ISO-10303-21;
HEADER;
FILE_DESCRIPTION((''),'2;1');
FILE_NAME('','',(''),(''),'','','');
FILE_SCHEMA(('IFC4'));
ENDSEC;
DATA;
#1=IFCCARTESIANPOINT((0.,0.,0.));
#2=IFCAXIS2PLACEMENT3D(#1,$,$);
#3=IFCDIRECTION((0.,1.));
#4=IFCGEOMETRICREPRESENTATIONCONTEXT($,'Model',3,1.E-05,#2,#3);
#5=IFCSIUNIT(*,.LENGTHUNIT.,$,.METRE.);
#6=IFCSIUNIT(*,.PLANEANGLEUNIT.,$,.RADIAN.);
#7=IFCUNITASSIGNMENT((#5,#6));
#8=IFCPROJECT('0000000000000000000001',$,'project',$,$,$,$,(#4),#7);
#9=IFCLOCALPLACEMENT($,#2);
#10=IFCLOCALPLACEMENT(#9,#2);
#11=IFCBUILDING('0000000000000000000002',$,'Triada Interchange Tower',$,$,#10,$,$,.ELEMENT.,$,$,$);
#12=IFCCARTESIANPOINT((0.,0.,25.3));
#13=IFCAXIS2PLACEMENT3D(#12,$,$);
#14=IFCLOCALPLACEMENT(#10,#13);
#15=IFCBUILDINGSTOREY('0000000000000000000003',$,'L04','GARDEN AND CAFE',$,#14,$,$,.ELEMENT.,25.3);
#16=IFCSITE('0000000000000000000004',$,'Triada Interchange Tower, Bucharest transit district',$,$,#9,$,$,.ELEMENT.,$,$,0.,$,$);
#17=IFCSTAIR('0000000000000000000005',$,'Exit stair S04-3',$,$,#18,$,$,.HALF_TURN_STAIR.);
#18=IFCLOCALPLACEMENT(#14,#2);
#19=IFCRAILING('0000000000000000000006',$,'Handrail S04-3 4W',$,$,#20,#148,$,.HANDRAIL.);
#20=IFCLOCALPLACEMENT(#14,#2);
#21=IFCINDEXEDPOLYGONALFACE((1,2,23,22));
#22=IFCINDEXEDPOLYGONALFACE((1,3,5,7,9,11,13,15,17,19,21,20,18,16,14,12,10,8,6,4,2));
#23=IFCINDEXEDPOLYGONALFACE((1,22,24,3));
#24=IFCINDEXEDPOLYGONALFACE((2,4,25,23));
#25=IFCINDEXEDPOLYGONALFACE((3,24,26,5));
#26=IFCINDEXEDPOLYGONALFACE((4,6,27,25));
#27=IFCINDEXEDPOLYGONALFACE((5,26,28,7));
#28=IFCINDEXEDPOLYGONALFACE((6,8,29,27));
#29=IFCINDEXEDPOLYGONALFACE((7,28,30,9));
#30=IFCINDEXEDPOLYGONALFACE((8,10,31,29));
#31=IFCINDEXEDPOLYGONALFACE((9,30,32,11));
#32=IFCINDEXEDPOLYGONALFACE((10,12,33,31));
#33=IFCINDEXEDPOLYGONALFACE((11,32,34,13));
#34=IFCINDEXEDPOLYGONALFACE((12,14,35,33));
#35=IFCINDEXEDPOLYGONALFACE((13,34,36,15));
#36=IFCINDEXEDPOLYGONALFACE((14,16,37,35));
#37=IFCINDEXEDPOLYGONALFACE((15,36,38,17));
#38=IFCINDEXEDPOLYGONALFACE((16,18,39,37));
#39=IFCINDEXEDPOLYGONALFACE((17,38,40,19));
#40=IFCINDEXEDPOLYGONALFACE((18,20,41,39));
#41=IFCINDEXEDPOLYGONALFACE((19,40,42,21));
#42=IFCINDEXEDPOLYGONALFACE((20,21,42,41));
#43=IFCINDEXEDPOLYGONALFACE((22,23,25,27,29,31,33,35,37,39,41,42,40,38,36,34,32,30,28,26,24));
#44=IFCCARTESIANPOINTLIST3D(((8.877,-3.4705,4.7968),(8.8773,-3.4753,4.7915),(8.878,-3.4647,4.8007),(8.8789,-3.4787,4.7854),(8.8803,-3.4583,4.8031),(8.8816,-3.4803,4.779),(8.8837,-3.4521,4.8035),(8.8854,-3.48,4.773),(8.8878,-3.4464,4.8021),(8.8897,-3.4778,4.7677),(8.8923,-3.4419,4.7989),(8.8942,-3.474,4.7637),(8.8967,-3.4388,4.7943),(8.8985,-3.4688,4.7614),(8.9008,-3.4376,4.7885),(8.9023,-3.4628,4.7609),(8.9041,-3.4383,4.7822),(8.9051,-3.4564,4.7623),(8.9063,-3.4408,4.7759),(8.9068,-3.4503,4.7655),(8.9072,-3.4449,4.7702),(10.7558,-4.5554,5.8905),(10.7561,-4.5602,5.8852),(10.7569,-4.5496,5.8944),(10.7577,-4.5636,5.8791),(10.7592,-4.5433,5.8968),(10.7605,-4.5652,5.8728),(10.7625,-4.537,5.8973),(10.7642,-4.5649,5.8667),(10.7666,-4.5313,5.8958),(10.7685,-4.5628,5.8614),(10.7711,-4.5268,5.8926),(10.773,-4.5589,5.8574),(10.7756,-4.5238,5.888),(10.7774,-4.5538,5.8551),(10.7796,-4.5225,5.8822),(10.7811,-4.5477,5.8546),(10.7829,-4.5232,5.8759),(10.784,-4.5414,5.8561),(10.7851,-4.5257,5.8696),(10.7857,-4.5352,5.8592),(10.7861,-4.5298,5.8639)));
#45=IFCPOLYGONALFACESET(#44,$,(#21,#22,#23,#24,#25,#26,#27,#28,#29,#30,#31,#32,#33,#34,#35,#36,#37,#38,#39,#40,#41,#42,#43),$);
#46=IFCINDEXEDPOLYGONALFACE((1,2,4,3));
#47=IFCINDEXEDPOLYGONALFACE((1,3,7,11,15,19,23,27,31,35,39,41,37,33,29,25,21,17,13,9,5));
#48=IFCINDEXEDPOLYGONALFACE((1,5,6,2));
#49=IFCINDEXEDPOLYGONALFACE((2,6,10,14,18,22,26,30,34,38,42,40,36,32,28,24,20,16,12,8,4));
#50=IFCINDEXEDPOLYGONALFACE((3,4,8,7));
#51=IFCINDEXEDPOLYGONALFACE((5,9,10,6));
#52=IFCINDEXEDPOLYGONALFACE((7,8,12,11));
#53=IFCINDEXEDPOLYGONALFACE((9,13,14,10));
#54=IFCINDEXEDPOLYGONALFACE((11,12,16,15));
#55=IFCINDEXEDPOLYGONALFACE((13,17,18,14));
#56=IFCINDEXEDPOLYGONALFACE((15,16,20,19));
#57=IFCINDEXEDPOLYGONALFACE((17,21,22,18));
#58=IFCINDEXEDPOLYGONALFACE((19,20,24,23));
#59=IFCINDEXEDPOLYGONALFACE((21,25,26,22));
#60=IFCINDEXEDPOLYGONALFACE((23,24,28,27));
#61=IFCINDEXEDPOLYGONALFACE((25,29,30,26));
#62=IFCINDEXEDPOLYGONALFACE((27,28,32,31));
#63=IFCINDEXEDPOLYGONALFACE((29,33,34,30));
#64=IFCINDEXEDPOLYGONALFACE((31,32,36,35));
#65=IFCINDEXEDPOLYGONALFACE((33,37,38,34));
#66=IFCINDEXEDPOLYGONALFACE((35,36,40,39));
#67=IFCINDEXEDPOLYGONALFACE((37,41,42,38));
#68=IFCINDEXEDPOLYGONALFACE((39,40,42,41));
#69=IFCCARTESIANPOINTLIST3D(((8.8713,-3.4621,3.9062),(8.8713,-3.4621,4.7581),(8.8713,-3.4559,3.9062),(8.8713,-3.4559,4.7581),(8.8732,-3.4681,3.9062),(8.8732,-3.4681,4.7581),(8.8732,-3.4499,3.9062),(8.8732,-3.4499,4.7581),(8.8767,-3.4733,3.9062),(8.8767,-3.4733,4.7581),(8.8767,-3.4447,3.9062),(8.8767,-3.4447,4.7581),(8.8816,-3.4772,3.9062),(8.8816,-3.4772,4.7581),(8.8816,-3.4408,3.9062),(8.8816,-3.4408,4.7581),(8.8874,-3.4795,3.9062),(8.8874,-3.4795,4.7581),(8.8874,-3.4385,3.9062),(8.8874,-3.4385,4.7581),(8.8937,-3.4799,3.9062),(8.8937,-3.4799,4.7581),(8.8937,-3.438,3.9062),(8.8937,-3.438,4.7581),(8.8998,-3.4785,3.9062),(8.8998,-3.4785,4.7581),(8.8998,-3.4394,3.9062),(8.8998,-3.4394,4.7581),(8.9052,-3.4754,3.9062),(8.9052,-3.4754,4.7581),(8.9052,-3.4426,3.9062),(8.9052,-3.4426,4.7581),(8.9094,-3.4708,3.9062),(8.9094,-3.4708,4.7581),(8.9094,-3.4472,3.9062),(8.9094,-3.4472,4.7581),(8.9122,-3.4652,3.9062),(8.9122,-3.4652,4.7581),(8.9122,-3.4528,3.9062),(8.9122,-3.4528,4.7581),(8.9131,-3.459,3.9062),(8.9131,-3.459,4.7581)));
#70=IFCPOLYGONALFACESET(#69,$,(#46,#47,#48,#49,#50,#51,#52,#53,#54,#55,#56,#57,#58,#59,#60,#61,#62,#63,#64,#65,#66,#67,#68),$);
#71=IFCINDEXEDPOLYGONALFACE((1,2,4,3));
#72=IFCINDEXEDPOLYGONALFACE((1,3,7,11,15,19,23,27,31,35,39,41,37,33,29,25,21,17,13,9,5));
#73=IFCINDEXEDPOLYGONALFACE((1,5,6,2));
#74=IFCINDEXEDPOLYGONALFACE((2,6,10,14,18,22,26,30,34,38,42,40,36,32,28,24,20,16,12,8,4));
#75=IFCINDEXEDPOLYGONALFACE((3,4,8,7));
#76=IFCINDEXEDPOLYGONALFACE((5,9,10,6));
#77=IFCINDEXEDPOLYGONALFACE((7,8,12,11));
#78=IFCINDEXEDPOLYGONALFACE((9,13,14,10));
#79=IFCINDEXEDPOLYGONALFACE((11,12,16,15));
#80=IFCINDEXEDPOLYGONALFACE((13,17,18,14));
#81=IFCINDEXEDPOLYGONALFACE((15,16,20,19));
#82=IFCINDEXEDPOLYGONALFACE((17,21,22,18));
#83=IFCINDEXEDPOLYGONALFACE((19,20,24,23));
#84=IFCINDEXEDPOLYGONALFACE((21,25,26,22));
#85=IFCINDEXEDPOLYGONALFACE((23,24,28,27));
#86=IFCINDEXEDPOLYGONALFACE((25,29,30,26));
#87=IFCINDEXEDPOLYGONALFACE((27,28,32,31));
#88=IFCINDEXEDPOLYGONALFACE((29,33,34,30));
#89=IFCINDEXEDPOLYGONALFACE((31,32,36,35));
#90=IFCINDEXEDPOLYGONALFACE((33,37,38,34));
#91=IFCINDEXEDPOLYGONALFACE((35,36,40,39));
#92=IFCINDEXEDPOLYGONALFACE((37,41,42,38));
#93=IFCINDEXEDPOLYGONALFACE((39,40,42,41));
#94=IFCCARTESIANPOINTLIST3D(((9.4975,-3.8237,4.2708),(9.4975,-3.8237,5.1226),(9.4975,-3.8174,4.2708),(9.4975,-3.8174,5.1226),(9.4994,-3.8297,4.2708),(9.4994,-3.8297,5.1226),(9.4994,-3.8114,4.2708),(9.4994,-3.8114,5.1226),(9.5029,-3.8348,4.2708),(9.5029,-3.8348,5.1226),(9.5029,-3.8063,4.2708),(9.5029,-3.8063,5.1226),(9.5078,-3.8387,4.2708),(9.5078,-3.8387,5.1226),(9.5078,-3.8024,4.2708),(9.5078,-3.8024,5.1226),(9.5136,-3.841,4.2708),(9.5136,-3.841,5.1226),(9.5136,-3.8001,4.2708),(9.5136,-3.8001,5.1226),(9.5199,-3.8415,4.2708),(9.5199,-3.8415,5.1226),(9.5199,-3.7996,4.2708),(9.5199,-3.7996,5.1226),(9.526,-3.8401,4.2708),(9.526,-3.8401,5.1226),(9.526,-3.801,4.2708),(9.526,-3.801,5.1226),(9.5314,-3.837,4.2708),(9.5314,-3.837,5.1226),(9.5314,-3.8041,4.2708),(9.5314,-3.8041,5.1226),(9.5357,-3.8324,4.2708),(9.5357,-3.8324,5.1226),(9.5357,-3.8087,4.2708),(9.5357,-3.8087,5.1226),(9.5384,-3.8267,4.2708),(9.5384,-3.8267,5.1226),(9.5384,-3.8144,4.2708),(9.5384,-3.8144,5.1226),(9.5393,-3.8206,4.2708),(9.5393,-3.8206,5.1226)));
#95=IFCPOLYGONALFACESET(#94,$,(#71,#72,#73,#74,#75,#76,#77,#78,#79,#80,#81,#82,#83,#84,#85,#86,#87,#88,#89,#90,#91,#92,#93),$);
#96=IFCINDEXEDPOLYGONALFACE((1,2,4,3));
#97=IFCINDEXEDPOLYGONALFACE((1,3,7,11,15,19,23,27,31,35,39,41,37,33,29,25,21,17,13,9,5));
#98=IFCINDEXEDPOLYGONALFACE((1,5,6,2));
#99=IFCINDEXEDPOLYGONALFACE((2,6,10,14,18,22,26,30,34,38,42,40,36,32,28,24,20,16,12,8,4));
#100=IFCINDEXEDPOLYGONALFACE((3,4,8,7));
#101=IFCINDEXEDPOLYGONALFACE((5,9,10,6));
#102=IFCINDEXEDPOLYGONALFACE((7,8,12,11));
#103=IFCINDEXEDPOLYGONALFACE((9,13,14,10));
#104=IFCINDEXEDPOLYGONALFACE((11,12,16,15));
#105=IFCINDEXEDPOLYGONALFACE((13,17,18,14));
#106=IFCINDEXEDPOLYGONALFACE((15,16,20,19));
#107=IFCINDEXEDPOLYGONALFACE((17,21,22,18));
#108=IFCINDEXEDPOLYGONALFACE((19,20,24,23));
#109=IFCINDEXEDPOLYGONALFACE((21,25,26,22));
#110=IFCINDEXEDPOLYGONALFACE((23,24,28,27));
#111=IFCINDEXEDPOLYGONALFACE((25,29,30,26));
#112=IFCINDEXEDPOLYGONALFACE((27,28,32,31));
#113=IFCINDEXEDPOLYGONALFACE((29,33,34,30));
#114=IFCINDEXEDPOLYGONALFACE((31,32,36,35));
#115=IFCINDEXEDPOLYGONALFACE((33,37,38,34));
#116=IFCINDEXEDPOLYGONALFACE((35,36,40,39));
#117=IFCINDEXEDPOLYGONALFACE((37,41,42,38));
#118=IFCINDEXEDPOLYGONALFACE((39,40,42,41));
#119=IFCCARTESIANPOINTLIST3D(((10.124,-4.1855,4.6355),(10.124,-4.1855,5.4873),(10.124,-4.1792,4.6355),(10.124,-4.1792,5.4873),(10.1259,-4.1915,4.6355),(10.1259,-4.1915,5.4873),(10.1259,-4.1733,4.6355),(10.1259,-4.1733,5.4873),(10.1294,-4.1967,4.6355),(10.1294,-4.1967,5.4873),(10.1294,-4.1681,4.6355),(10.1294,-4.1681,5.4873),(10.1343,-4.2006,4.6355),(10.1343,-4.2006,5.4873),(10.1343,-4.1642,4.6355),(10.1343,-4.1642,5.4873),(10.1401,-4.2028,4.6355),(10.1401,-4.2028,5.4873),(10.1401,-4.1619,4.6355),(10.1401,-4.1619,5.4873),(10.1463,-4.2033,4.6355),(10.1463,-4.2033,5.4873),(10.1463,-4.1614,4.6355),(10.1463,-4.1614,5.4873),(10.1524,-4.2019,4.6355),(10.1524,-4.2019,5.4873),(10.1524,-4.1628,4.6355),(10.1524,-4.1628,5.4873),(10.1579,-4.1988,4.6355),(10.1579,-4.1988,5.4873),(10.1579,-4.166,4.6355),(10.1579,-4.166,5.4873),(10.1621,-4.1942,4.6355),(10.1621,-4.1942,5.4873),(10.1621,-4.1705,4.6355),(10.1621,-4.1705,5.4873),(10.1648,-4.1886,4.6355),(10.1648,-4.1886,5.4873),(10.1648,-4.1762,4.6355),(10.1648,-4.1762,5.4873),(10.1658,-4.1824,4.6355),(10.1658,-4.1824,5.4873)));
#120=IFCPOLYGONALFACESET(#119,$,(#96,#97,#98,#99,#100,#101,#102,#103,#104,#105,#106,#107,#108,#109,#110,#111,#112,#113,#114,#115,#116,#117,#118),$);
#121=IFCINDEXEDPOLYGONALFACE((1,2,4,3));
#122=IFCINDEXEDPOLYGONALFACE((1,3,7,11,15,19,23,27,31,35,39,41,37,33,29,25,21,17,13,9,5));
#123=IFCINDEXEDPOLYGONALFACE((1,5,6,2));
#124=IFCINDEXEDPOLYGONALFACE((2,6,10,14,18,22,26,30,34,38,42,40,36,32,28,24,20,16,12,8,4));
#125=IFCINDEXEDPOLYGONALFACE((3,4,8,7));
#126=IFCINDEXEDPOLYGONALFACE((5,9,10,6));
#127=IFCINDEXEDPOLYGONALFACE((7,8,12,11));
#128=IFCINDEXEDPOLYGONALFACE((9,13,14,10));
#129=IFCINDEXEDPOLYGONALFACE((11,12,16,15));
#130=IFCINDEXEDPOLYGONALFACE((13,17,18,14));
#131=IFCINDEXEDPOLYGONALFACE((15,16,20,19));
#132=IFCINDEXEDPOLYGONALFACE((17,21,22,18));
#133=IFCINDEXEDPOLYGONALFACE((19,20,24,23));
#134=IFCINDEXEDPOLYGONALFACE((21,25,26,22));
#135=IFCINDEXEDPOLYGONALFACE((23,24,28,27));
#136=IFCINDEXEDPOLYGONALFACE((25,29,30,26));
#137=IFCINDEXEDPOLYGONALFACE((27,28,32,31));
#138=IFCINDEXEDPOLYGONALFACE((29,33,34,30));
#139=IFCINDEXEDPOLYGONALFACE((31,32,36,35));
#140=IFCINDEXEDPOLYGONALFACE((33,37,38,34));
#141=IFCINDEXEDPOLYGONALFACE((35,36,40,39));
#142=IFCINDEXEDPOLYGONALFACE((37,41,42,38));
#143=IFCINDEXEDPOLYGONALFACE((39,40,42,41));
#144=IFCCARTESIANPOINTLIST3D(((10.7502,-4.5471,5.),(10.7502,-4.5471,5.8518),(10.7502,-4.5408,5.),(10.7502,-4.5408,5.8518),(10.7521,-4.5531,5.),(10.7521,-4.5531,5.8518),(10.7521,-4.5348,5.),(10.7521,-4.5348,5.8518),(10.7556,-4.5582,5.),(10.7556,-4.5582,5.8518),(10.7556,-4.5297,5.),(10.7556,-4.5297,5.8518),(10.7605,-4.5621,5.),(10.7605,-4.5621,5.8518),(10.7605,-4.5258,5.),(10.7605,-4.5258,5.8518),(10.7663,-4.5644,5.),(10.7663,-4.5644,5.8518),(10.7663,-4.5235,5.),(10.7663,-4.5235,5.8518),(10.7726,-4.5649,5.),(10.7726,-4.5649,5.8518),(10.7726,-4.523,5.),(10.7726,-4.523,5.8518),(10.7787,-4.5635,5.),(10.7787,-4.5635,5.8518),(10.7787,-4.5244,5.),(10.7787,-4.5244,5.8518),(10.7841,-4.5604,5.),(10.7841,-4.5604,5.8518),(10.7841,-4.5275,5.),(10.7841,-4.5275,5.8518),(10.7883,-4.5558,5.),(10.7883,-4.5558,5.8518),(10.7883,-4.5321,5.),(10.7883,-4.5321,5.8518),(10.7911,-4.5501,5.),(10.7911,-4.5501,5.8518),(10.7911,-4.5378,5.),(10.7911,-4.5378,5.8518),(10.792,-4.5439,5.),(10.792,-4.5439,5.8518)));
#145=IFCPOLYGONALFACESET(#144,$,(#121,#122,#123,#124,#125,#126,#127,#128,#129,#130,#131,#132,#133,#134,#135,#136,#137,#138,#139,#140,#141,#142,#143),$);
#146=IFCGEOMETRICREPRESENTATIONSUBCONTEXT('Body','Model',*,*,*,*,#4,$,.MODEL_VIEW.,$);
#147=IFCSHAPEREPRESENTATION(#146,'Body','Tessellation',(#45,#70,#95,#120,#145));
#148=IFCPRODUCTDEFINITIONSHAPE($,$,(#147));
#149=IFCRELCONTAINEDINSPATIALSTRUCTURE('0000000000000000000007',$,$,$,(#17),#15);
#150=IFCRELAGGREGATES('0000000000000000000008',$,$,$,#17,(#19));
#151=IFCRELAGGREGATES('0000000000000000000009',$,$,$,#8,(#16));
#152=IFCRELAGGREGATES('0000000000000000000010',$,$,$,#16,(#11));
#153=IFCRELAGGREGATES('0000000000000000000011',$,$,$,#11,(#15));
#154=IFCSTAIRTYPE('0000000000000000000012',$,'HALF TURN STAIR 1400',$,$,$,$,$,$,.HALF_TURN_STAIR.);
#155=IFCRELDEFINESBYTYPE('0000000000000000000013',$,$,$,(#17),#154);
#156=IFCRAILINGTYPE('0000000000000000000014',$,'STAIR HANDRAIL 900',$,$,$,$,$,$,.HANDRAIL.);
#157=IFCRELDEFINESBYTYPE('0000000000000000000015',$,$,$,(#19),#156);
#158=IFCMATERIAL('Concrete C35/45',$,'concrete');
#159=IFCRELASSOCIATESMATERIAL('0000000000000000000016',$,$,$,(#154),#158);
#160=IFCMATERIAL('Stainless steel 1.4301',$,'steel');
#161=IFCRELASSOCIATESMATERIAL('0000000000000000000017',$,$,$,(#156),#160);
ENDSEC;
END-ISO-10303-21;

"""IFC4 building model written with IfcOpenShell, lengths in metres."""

from ifc_helpers import new_model, si_unit, direction, frame, origin, origin_2d, place, context, subcontext, project, spatial, circle, extrude, material, type_object, element, aggregate, save


model = new_model("IFC4")

# Units and contexts
model_context = context("Model", 3, precision=1e-05, world=origin(), true_north=direction((0.0, 1.0)))
body_context = subcontext(model_context, "Body", "Model", "MODEL_VIEW")
ifc_project = project(units=[si_unit("LENGTHUNIT", "METRE"), si_unit("PLANEANGLEUNIT", "RADIAN")], contexts=[model_context])

# Site, building, storey
site_placement = place(None, origin())
site = spatial("IfcSite", under=ifc_project, at=site_placement, Name="Triada Interchange Tower, Bucharest transit district", CompositionType="ELEMENT", RefElevation=0.0)
building_placement = place(site_placement, origin())
building = spatial("IfcBuilding", under=site, at=building_placement, Name="Triada Interchange Tower", CompositionType="ELEMENT")
storey_placement = place(building_placement, frame((0.0, 0.0, 25.3)))
storey = spatial("IfcBuildingStorey", under=building, at=storey_placement, Name="L04", Description="GARDEN AND CAFE", CompositionType="ELEMENT", Elevation=25.3)

# Shared definitions
ifc_material_1 = material(Name="Concrete C35/45", Category="concrete")
stair_type = type_object("IfcStairType", Name="HALF TURN STAIR 1400", PredefinedType="HALF_TURN_STAIR", material=ifc_material_1)

# Stair, railing
stair_1_placement = place(storey_placement, origin())
stair_1 = element("IfcStair", 1, at=stair_1_placement, inside=storey, type_object=stair_type, Name="Exit stair S04-3", PredefinedType="HALF_TURN_STAIR")
ifc_material_2 = material(Name="Stainless steel 1.4301", Category="steel")
railing_type = type_object("IfcRailingType", Name="STAIR HANDRAIL 900", PredefinedType="HANDRAIL", material=ifc_material_2)
railing_1_placement = place(storey_placement, frame((8.8921, -3.459, 3.9062)))
railing_1 = element("IfcRailing", 2, at=railing_1_placement, type_object=railing_type, Name="Handrail S04-3 4W", PredefinedType="HANDRAIL", context=body_context, shape_type="SweptSolid", body=[
    extrude(circle(Radius=0.0239, at=origin_2d()), frame((0.0, 0.0, 0.876), z_axis=(0.77329, -0.446531, 0.450148), x_axis=(0.50006, 0.865991, 0.0)), (0.0, 0.0, 1.0), 2.4297),
    extrude(circle(Radius=0.021, at=origin_2d()), origin(), (0.0, 0.0, 1.0), 0.8518),
    extrude(circle(Radius=0.021, at=origin_2d()), frame((0.6262, -0.3616, 0.3645)), (0.0, 0.0, 1.0), 0.8518),
    extrude(circle(Radius=0.021, at=origin_2d()), frame((1.2527, -0.7234, 0.7292)), (0.0, 0.0, 1.0), 0.8518),
    extrude(circle(Radius=0.021, at=origin_2d()), frame((1.8789, -1.085, 1.0938)), (0.0, 0.0, 1.0), 0.8518),
])
aggregate(stair_1, [railing_1])

save(model, "model.ifc")
